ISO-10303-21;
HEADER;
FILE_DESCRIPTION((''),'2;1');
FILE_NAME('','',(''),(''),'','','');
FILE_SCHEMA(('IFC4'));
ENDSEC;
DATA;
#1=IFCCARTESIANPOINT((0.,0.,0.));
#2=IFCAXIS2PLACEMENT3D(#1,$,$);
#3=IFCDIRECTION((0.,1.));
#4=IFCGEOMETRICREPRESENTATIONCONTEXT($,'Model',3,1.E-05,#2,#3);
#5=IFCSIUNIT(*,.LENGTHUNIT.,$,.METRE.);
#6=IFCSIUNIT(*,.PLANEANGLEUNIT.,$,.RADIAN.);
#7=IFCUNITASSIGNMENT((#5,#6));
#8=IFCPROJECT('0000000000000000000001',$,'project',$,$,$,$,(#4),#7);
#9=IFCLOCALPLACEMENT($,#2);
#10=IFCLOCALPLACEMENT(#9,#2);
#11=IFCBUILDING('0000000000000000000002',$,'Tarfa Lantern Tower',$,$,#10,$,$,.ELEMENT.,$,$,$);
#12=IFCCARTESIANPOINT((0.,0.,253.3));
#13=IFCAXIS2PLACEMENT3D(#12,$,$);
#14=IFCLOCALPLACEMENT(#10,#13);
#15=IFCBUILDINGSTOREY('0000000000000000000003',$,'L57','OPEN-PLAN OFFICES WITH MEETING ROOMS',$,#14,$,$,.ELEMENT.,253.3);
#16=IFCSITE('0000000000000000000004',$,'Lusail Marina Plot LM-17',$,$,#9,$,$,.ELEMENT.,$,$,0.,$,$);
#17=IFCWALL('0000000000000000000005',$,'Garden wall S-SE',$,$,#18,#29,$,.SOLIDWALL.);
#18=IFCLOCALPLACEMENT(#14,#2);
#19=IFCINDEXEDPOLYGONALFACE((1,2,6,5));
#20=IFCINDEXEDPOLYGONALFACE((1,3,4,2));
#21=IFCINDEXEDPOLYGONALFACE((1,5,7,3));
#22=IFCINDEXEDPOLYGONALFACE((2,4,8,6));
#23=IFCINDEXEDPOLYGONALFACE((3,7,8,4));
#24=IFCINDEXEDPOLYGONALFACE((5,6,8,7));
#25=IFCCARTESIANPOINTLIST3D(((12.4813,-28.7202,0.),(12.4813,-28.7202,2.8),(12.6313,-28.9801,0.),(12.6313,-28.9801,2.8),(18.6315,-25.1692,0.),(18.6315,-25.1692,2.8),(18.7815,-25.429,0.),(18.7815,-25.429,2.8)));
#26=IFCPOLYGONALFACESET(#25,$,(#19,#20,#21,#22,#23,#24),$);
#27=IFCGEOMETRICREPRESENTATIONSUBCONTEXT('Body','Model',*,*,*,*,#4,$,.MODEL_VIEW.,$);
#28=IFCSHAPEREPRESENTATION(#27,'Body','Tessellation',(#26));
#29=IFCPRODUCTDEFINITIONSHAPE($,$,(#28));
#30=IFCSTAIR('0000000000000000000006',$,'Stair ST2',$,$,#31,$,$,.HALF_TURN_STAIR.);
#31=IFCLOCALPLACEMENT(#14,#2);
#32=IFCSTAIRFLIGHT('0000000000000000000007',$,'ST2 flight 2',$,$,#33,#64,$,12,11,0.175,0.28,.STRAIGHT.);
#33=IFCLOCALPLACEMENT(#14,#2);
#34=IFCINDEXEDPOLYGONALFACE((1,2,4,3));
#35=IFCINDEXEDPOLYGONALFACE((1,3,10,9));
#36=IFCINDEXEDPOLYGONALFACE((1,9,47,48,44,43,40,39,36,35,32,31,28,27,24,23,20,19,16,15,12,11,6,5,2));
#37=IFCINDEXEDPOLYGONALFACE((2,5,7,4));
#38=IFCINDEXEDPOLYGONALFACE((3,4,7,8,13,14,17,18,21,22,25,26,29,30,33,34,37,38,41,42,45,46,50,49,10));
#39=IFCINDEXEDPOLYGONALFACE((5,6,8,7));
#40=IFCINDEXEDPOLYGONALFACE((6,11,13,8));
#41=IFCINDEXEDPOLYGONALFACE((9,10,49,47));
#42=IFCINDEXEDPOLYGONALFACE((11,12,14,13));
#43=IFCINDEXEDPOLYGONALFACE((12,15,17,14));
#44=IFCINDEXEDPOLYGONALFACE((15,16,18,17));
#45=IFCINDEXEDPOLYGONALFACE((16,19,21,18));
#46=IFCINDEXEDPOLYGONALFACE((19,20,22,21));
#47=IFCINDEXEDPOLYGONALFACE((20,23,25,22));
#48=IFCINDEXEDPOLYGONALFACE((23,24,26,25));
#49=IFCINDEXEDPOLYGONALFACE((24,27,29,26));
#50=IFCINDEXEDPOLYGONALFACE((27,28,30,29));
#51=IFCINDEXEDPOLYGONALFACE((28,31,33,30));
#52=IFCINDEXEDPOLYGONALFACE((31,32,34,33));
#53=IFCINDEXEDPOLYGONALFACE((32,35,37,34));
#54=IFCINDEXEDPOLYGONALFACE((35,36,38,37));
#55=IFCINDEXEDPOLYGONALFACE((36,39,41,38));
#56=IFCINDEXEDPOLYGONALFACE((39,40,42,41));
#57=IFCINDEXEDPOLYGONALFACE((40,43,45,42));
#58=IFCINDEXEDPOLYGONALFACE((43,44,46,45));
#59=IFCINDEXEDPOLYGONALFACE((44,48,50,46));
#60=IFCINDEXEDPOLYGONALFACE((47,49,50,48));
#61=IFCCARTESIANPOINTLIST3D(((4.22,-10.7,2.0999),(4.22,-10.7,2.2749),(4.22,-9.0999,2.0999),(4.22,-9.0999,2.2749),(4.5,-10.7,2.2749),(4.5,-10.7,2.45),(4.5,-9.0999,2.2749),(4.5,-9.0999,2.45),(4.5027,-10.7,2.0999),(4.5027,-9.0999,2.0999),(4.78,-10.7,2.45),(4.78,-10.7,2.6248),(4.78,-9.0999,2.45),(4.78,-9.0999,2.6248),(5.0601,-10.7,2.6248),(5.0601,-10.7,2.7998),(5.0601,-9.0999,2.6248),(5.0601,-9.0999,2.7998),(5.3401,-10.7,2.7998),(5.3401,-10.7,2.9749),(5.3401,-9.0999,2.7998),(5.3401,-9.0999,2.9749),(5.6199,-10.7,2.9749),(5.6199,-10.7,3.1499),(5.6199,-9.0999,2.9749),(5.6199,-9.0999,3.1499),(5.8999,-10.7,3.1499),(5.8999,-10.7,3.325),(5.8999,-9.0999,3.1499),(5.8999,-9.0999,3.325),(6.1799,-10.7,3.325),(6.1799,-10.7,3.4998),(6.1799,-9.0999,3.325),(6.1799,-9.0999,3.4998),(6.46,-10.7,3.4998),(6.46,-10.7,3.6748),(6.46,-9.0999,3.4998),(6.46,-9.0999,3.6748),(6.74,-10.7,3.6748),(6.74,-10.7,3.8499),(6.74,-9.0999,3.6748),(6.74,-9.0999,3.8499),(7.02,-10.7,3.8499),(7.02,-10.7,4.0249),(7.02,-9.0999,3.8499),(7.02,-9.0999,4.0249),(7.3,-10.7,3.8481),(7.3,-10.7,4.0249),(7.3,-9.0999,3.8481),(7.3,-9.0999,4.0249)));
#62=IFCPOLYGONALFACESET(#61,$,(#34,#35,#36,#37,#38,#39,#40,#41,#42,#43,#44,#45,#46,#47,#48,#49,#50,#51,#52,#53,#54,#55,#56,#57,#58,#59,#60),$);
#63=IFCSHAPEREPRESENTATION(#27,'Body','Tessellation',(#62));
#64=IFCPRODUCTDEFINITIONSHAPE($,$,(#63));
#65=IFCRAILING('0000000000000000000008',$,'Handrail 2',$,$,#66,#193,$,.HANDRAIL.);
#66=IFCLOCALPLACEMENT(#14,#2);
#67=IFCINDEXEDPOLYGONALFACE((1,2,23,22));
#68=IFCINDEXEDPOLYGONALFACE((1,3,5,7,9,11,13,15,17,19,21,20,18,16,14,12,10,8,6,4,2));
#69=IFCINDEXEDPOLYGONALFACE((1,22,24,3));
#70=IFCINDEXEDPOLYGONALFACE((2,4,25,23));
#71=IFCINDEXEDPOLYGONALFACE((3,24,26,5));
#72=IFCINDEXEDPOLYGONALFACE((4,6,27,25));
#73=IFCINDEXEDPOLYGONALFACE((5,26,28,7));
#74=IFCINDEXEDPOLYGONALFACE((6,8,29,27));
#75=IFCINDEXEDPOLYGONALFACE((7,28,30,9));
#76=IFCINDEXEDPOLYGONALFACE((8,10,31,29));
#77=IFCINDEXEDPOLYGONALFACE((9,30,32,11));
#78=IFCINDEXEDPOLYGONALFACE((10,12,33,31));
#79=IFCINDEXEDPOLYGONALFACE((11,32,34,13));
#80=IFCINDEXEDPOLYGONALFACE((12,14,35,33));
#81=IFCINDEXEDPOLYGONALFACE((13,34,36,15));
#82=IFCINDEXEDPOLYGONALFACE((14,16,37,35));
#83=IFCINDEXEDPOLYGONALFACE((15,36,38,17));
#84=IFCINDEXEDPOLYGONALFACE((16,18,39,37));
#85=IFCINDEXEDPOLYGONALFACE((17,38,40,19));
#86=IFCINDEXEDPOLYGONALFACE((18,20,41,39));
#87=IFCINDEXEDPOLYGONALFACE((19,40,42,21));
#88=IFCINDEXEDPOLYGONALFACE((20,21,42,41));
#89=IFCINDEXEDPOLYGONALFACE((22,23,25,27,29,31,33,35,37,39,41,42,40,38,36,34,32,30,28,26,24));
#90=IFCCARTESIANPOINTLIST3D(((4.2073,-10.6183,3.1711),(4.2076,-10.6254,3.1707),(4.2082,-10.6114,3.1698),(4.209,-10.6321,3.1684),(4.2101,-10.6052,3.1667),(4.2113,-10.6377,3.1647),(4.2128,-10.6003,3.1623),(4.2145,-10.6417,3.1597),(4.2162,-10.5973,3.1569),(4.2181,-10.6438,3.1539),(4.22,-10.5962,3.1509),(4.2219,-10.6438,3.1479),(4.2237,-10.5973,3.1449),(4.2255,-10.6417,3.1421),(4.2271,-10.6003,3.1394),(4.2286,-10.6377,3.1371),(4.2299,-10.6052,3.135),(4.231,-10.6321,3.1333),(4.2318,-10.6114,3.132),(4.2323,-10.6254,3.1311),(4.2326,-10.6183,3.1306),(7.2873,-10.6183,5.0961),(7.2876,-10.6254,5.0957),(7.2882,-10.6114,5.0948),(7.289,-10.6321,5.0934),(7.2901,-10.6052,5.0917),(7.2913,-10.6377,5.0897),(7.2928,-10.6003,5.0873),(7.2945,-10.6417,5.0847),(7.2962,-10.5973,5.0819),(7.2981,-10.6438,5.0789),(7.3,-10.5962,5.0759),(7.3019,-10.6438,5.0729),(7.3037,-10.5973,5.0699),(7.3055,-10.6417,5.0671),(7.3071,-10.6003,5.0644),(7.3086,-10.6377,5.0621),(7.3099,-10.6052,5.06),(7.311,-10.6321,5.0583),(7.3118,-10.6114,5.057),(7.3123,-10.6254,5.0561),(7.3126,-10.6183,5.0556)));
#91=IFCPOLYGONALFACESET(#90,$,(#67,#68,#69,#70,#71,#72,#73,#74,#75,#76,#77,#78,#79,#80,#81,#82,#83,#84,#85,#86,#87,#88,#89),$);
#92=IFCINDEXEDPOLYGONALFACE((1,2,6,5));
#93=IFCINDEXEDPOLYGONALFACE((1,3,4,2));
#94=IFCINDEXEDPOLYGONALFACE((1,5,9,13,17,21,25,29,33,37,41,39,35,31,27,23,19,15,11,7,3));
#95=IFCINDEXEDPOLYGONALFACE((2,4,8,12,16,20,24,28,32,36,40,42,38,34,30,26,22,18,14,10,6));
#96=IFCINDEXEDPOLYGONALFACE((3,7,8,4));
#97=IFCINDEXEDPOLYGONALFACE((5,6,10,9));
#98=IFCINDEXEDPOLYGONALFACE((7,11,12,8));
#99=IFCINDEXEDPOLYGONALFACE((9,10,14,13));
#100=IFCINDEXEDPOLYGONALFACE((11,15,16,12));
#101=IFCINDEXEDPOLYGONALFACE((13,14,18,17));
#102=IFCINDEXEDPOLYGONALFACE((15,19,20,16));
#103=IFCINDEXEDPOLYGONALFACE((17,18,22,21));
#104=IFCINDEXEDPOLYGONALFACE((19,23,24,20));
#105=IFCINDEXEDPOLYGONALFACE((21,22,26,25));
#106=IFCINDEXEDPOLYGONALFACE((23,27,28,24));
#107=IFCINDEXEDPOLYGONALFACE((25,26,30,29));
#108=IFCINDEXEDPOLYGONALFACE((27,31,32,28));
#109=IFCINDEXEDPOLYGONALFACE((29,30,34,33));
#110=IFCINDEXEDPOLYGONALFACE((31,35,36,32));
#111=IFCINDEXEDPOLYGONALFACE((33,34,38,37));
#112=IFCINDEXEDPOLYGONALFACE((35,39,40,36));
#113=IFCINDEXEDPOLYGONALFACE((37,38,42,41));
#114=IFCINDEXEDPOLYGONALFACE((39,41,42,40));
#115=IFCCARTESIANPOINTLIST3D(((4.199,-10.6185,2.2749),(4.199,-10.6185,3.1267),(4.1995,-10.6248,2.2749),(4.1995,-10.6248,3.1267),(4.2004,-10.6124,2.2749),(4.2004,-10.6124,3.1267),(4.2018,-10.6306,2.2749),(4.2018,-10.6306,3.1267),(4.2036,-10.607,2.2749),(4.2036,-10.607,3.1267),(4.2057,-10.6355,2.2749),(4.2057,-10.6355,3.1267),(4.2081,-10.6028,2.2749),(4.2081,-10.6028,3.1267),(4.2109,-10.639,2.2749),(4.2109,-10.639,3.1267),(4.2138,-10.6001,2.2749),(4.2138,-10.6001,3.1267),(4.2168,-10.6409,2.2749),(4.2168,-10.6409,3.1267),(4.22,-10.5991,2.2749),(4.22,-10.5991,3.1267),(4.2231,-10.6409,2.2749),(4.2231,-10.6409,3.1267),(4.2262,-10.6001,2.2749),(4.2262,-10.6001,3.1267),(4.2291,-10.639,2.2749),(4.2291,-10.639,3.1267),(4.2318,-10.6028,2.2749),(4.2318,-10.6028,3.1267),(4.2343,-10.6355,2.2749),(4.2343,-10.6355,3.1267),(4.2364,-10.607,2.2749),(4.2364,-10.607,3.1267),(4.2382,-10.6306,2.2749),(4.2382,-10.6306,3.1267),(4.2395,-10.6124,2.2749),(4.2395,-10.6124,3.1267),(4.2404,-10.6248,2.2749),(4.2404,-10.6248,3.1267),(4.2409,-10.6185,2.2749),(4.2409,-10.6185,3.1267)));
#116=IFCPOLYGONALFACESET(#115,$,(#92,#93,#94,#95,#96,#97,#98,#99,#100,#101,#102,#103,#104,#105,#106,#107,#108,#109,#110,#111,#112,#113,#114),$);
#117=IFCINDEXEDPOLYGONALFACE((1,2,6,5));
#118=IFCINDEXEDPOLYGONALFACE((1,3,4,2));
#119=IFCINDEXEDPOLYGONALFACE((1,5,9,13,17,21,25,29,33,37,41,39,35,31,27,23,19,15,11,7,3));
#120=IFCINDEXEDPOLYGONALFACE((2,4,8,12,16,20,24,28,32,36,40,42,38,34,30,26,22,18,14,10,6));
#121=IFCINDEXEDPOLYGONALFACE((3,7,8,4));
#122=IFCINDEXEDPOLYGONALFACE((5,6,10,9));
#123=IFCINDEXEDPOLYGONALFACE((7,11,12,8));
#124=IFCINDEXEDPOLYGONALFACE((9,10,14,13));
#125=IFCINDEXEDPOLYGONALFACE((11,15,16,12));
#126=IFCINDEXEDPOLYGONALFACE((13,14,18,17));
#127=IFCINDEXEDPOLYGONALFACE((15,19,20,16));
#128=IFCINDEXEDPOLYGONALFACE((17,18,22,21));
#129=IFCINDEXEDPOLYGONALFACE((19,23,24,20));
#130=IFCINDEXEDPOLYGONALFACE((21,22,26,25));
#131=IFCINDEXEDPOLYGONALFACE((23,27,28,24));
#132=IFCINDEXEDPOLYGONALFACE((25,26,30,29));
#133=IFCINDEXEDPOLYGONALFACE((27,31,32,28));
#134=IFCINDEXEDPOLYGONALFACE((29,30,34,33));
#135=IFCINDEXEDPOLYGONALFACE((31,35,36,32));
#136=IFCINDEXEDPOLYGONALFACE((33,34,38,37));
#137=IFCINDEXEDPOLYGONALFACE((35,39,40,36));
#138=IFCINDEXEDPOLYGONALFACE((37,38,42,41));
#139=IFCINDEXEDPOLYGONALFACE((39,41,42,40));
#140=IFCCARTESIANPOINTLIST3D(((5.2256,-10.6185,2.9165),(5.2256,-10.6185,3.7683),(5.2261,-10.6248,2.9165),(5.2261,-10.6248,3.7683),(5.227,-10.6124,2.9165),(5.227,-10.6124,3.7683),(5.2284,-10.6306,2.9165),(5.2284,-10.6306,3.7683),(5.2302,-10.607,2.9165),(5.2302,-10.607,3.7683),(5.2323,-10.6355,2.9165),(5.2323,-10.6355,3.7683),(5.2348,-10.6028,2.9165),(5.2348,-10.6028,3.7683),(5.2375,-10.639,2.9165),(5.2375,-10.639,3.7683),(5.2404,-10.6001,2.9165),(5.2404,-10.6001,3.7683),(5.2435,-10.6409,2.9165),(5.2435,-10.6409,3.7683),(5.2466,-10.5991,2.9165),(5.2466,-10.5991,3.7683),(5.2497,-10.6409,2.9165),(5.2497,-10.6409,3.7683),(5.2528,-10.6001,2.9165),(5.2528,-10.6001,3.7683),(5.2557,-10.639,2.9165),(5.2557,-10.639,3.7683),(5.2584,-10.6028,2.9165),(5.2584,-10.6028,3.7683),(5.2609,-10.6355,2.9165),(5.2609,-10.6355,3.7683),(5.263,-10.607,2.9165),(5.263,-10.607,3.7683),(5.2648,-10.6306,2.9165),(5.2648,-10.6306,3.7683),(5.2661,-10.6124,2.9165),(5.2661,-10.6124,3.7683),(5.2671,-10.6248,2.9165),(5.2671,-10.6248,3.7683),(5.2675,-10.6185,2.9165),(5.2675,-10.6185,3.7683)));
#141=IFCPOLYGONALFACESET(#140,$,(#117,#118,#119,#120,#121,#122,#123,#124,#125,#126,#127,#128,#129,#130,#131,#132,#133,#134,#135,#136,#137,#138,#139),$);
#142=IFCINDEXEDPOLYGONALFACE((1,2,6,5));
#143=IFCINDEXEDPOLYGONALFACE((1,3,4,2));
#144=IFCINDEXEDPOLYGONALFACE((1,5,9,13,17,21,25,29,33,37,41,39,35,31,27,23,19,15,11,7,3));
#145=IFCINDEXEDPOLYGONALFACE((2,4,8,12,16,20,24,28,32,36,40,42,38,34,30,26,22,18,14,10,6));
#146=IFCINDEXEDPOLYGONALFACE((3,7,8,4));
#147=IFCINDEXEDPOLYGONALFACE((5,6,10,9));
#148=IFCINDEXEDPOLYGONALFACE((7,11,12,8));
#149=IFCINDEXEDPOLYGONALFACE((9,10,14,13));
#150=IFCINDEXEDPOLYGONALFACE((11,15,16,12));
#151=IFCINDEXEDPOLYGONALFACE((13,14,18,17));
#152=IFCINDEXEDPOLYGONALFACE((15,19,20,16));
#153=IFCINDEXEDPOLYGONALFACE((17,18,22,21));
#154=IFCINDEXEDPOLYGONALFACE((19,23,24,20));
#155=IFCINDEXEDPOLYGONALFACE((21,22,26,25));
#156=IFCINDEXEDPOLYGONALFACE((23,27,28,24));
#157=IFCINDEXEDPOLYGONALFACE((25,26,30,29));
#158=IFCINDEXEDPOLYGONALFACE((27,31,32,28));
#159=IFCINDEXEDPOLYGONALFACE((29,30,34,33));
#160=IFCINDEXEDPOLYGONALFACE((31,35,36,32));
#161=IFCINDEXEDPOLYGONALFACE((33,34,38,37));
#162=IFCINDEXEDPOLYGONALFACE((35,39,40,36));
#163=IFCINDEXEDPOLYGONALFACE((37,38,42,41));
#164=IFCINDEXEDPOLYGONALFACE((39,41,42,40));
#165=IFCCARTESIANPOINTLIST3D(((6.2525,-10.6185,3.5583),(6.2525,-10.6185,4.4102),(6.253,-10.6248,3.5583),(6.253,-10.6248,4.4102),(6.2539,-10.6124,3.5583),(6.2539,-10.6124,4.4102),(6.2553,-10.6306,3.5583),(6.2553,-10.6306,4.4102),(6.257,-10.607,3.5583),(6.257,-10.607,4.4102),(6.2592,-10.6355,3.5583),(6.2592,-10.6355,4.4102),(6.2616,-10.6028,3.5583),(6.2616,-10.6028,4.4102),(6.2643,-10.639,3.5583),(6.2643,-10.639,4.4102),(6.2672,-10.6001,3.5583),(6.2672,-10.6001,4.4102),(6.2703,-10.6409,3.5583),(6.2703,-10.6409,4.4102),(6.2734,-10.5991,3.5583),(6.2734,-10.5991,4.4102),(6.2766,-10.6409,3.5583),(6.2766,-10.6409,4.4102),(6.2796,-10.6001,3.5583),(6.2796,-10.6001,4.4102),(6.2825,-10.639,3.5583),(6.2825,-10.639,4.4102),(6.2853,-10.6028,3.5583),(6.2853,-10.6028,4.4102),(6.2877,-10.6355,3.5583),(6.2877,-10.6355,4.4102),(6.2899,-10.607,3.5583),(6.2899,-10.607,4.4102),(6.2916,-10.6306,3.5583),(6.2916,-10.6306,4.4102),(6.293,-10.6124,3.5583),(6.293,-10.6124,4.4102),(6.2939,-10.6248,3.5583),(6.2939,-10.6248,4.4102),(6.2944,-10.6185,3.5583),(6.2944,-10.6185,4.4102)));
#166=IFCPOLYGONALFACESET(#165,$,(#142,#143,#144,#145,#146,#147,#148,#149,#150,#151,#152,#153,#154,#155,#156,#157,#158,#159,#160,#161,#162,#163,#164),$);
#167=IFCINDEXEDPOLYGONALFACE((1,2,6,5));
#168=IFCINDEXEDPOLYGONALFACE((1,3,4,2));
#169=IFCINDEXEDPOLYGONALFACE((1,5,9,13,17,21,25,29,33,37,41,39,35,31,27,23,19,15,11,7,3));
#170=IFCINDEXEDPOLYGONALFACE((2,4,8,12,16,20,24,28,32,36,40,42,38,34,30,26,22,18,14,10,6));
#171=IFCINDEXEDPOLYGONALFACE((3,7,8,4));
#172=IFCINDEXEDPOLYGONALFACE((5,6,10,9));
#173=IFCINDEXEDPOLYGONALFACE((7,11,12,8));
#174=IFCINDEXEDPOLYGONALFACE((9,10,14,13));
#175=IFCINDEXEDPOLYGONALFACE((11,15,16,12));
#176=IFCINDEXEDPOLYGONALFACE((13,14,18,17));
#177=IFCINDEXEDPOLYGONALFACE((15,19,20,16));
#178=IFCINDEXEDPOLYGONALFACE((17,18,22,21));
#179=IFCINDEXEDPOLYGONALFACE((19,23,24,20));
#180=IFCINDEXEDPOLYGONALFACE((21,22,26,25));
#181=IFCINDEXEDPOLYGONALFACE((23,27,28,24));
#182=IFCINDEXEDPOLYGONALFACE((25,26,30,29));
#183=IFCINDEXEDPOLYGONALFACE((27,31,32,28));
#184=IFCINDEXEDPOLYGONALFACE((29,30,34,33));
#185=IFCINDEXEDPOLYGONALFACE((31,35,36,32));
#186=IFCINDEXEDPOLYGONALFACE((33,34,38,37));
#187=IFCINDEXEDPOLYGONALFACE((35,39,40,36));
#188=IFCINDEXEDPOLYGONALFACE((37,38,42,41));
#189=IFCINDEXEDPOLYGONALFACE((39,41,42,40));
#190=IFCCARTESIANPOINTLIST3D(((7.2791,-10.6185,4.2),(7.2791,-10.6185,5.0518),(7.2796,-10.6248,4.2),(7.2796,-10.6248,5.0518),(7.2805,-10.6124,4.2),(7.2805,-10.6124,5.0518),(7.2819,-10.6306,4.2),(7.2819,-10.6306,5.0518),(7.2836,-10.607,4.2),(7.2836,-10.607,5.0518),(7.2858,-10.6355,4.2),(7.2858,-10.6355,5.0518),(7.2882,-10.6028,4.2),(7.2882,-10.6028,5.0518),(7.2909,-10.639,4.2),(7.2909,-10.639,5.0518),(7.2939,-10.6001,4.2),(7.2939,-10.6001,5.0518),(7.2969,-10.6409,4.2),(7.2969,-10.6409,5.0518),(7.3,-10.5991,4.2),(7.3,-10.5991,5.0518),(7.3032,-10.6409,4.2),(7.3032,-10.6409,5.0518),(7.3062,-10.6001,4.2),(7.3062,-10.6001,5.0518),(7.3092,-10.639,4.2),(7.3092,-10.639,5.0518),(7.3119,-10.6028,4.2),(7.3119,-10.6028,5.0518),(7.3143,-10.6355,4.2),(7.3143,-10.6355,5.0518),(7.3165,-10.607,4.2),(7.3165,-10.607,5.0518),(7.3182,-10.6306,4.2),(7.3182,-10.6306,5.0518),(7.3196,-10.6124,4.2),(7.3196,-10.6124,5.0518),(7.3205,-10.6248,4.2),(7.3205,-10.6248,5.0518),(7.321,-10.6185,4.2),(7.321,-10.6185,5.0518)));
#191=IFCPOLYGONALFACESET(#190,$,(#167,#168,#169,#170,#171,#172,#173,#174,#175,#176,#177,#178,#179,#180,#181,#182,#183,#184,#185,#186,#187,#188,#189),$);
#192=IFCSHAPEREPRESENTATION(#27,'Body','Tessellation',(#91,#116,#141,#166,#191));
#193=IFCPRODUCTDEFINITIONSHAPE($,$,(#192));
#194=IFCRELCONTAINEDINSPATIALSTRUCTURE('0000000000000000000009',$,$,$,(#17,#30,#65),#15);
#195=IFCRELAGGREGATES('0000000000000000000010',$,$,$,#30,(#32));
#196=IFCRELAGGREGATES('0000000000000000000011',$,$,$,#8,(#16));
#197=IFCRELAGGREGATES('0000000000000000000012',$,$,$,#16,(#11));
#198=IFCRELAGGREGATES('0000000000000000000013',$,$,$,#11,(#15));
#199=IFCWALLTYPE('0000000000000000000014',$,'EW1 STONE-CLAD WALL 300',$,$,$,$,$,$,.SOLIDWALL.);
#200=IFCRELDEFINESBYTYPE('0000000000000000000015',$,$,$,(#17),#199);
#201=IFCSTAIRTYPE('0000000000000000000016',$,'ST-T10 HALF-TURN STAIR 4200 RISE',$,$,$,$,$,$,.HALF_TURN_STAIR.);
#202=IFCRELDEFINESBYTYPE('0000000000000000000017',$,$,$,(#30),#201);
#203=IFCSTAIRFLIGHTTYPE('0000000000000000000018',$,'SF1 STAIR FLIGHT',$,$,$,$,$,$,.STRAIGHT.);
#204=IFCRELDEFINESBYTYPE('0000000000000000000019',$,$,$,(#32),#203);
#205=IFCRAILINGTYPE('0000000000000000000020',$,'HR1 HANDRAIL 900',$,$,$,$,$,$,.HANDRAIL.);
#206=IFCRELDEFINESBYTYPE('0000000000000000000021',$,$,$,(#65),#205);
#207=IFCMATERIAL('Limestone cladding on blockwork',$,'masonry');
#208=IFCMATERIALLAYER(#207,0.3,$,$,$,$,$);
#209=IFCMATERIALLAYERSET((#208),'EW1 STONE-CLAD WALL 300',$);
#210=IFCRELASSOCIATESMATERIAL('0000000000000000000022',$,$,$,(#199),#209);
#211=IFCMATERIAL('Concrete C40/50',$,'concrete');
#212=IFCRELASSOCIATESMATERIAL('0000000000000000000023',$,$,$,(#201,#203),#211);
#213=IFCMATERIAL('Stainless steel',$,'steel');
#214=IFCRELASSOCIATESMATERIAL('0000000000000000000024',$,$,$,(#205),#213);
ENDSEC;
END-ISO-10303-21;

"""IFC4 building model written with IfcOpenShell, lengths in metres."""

from ifc_helpers import new_model, si_unit, direction, frame, frame_2d, origin, origin_2d, place, context, subcontext, project, spatial, polyline, rectangle, circle, outline, extrude, material, layer, layer_set, type_object, element, aggregate, save


model = new_model("IFC4")

# Units and contexts
model_context = context("Model", 3, precision=1e-05, world=origin(), true_north=direction((0.0, 1.0)))
body_context = subcontext(model_context, "Body", "Model", "MODEL_VIEW")
ifc_project = project(units=[si_unit("LENGTHUNIT", "METRE"), si_unit("PLANEANGLEUNIT", "RADIAN")], contexts=[model_context])

# Site, building, storey
site_placement = place(None, origin())
site = spatial("IfcSite", under=ifc_project, at=site_placement, Name="Lusail Marina Plot LM-17", CompositionType="ELEMENT", RefElevation=0.0)
building_placement = place(site_placement, origin())
building = spatial("IfcBuilding", under=site, at=building_placement, Name="Tarfa Lantern Tower", CompositionType="ELEMENT")
storey_placement = place(building_placement, frame((0.0, 0.0, 253.3)))
storey = spatial("IfcBuildingStorey", under=building, at=storey_placement, Name="L57", Description="OPEN-PLAN OFFICES WITH MEETING ROOMS", CompositionType="ELEMENT", Elevation=253.3)

# Wall
ifc_material_1 = material(Name="Limestone cladding on blockwork", Category="masonry")
ifc_layer_1 = layer(ifc_material_1, 0.3)
ifc_layer_set_1 = layer_set([ifc_layer_1], Name="EW1 STONE-CLAD WALL 300")
wall_type_1 = type_object("IfcWallType", Name="EW1 STONE-CLAD WALL 300", PredefinedType="SOLIDWALL", material=ifc_layer_set_1)
wall_1_placement = place(storey_placement, frame((12.5564, -28.8501, 0.0), z_axis=(0.0, 0.0, 1.0), x_axis=(0.866011, 0.500025, 0.0)))
element("IfcWall", 1, at=wall_1_placement, inside=storey, type_object=wall_type_1, Name="Garden wall S-SE", PredefinedType="SOLIDWALL", context=body_context, shape_type="SweptSolid", body=[
    extrude(rectangle(XDim=7.1018, YDim=0.3, at=frame_2d((3.5508, 0.0))), origin(), (0.0, 0.0, 1.0), 2.8),
])

# Stair, stair flight
ifc_material_2 = material(Name="Concrete C40/50", Category="concrete")
stair_type = type_object("IfcStairType", Name="ST-T10 HALF-TURN STAIR 4200 RISE", PredefinedType="HALF_TURN_STAIR", material=ifc_material_2)
stair_placement = place(storey_placement, origin())
stair = element("IfcStair", 2, at=stair_placement, inside=storey, type_object=stair_type, Name="Stair ST2", PredefinedType="HALF_TURN_STAIR")
stair_flight_type = type_object("IfcStairFlightType", Name="SF1 STAIR FLIGHT", PredefinedType="STRAIGHT", material=ifc_material_2)
stair_flight_placement = place(storey_placement, frame((4.22, -9.8999, 2.0999), z_axis=(0.0, 0.0, 1.0), x_axis=(1.0, 0.0, 0.0)))
stair_flight = element("IfcStairFlight", 3, at=stair_flight_placement, type_object=stair_flight_type, Name="ST2 flight 2", NumberOfRisers=12, NumberOfTreads=11, PredefinedType="STRAIGHT", RiserHeight=0.175, TreadLength=0.28, context=body_context, shape_type="SweptSolid", body=[
    extrude(outline(polyline([(0.0, 0.0), (0.0, 0.175), (0.28, 0.175), (0.28, 0.3501), (0.5601, 0.3501), (0.5601, 0.5249), (0.8401, 0.5249), (0.8401, 0.7), (1.1201, 0.7), (1.1201, 0.875), (1.3999, 0.875), (1.3999, 1.05), (1.6799, 1.05), (1.6799, 1.2251), (1.96, 1.2251), (1.96, 1.3999), (2.24, 1.3999), (2.24, 1.575), (2.52, 1.575), (2.52, 1.75), (2.8, 1.75), (2.8, 1.925), (3.0801, 1.925), (3.0801, 2.1001), (3.0801, 1.7483), (0.2827, 0.0), (0.0, 0.0)])), frame((0.0, 0.8, 0.0), z_axis=(0.0, -1.0, 0.0), x_axis=(1.0, 0.0, 0.0)), (0.0, 0.0, 1.0), 1.6001),
])
aggregate(stair, [stair_flight])

# Railing
ifc_material_3 = material(Name="Stainless steel", Category="steel")
railing_type = type_object("IfcRailingType", Name="HR1 HANDRAIL 900", PredefinedType="HANDRAIL", material=ifc_material_3)
railing_placement = place(storey_placement, frame((4.22, -10.6201, 2.2749)))
element("IfcRailing", 4, at=railing_placement, inside=storey, type_object=railing_type, Name="Handrail 2", PredefinedType="HANDRAIL", context=body_context, shape_type="SweptSolid", body=[
    extrude(circle(Radius=0.0239, at=origin_2d()), frame((0.0, 0.0, 0.876), z_axis=(0.847998, 0.0, 0.529999), x_axis=(0.0, 1.0, 0.0)), (0.0, 0.0, 1.0), 3.6321),
    extrude(circle(Radius=0.021, at=origin_2d()), frame((0.0, 0.0, 0.0), z_axis=(0.0, 0.0, 1.0), x_axis=(0.0, 1.0, 0.0)), (0.0, 0.0, 1.0), 0.8518),
    extrude(circle(Radius=0.021, at=origin_2d()), frame((1.0266, 0.0, 0.6416), z_axis=(0.0, 0.0, 1.0), x_axis=(0.0, 1.0, 0.0)), (0.0, 0.0, 1.0), 0.8518),
    extrude(circle(Radius=0.021, at=origin_2d()), frame((2.0535, 0.0, 1.2834), z_axis=(0.0, 0.0, 1.0), x_axis=(0.0, 1.0, 0.0)), (0.0, 0.0, 1.0), 0.8518),
    extrude(circle(Radius=0.021, at=origin_2d()), frame((3.0801, 0.0, 1.925), z_axis=(0.0, 0.0, 1.0), x_axis=(0.0, 1.0, 0.0)), (0.0, 0.0, 1.0), 0.8518),
])

save(model, "model.ifc")
